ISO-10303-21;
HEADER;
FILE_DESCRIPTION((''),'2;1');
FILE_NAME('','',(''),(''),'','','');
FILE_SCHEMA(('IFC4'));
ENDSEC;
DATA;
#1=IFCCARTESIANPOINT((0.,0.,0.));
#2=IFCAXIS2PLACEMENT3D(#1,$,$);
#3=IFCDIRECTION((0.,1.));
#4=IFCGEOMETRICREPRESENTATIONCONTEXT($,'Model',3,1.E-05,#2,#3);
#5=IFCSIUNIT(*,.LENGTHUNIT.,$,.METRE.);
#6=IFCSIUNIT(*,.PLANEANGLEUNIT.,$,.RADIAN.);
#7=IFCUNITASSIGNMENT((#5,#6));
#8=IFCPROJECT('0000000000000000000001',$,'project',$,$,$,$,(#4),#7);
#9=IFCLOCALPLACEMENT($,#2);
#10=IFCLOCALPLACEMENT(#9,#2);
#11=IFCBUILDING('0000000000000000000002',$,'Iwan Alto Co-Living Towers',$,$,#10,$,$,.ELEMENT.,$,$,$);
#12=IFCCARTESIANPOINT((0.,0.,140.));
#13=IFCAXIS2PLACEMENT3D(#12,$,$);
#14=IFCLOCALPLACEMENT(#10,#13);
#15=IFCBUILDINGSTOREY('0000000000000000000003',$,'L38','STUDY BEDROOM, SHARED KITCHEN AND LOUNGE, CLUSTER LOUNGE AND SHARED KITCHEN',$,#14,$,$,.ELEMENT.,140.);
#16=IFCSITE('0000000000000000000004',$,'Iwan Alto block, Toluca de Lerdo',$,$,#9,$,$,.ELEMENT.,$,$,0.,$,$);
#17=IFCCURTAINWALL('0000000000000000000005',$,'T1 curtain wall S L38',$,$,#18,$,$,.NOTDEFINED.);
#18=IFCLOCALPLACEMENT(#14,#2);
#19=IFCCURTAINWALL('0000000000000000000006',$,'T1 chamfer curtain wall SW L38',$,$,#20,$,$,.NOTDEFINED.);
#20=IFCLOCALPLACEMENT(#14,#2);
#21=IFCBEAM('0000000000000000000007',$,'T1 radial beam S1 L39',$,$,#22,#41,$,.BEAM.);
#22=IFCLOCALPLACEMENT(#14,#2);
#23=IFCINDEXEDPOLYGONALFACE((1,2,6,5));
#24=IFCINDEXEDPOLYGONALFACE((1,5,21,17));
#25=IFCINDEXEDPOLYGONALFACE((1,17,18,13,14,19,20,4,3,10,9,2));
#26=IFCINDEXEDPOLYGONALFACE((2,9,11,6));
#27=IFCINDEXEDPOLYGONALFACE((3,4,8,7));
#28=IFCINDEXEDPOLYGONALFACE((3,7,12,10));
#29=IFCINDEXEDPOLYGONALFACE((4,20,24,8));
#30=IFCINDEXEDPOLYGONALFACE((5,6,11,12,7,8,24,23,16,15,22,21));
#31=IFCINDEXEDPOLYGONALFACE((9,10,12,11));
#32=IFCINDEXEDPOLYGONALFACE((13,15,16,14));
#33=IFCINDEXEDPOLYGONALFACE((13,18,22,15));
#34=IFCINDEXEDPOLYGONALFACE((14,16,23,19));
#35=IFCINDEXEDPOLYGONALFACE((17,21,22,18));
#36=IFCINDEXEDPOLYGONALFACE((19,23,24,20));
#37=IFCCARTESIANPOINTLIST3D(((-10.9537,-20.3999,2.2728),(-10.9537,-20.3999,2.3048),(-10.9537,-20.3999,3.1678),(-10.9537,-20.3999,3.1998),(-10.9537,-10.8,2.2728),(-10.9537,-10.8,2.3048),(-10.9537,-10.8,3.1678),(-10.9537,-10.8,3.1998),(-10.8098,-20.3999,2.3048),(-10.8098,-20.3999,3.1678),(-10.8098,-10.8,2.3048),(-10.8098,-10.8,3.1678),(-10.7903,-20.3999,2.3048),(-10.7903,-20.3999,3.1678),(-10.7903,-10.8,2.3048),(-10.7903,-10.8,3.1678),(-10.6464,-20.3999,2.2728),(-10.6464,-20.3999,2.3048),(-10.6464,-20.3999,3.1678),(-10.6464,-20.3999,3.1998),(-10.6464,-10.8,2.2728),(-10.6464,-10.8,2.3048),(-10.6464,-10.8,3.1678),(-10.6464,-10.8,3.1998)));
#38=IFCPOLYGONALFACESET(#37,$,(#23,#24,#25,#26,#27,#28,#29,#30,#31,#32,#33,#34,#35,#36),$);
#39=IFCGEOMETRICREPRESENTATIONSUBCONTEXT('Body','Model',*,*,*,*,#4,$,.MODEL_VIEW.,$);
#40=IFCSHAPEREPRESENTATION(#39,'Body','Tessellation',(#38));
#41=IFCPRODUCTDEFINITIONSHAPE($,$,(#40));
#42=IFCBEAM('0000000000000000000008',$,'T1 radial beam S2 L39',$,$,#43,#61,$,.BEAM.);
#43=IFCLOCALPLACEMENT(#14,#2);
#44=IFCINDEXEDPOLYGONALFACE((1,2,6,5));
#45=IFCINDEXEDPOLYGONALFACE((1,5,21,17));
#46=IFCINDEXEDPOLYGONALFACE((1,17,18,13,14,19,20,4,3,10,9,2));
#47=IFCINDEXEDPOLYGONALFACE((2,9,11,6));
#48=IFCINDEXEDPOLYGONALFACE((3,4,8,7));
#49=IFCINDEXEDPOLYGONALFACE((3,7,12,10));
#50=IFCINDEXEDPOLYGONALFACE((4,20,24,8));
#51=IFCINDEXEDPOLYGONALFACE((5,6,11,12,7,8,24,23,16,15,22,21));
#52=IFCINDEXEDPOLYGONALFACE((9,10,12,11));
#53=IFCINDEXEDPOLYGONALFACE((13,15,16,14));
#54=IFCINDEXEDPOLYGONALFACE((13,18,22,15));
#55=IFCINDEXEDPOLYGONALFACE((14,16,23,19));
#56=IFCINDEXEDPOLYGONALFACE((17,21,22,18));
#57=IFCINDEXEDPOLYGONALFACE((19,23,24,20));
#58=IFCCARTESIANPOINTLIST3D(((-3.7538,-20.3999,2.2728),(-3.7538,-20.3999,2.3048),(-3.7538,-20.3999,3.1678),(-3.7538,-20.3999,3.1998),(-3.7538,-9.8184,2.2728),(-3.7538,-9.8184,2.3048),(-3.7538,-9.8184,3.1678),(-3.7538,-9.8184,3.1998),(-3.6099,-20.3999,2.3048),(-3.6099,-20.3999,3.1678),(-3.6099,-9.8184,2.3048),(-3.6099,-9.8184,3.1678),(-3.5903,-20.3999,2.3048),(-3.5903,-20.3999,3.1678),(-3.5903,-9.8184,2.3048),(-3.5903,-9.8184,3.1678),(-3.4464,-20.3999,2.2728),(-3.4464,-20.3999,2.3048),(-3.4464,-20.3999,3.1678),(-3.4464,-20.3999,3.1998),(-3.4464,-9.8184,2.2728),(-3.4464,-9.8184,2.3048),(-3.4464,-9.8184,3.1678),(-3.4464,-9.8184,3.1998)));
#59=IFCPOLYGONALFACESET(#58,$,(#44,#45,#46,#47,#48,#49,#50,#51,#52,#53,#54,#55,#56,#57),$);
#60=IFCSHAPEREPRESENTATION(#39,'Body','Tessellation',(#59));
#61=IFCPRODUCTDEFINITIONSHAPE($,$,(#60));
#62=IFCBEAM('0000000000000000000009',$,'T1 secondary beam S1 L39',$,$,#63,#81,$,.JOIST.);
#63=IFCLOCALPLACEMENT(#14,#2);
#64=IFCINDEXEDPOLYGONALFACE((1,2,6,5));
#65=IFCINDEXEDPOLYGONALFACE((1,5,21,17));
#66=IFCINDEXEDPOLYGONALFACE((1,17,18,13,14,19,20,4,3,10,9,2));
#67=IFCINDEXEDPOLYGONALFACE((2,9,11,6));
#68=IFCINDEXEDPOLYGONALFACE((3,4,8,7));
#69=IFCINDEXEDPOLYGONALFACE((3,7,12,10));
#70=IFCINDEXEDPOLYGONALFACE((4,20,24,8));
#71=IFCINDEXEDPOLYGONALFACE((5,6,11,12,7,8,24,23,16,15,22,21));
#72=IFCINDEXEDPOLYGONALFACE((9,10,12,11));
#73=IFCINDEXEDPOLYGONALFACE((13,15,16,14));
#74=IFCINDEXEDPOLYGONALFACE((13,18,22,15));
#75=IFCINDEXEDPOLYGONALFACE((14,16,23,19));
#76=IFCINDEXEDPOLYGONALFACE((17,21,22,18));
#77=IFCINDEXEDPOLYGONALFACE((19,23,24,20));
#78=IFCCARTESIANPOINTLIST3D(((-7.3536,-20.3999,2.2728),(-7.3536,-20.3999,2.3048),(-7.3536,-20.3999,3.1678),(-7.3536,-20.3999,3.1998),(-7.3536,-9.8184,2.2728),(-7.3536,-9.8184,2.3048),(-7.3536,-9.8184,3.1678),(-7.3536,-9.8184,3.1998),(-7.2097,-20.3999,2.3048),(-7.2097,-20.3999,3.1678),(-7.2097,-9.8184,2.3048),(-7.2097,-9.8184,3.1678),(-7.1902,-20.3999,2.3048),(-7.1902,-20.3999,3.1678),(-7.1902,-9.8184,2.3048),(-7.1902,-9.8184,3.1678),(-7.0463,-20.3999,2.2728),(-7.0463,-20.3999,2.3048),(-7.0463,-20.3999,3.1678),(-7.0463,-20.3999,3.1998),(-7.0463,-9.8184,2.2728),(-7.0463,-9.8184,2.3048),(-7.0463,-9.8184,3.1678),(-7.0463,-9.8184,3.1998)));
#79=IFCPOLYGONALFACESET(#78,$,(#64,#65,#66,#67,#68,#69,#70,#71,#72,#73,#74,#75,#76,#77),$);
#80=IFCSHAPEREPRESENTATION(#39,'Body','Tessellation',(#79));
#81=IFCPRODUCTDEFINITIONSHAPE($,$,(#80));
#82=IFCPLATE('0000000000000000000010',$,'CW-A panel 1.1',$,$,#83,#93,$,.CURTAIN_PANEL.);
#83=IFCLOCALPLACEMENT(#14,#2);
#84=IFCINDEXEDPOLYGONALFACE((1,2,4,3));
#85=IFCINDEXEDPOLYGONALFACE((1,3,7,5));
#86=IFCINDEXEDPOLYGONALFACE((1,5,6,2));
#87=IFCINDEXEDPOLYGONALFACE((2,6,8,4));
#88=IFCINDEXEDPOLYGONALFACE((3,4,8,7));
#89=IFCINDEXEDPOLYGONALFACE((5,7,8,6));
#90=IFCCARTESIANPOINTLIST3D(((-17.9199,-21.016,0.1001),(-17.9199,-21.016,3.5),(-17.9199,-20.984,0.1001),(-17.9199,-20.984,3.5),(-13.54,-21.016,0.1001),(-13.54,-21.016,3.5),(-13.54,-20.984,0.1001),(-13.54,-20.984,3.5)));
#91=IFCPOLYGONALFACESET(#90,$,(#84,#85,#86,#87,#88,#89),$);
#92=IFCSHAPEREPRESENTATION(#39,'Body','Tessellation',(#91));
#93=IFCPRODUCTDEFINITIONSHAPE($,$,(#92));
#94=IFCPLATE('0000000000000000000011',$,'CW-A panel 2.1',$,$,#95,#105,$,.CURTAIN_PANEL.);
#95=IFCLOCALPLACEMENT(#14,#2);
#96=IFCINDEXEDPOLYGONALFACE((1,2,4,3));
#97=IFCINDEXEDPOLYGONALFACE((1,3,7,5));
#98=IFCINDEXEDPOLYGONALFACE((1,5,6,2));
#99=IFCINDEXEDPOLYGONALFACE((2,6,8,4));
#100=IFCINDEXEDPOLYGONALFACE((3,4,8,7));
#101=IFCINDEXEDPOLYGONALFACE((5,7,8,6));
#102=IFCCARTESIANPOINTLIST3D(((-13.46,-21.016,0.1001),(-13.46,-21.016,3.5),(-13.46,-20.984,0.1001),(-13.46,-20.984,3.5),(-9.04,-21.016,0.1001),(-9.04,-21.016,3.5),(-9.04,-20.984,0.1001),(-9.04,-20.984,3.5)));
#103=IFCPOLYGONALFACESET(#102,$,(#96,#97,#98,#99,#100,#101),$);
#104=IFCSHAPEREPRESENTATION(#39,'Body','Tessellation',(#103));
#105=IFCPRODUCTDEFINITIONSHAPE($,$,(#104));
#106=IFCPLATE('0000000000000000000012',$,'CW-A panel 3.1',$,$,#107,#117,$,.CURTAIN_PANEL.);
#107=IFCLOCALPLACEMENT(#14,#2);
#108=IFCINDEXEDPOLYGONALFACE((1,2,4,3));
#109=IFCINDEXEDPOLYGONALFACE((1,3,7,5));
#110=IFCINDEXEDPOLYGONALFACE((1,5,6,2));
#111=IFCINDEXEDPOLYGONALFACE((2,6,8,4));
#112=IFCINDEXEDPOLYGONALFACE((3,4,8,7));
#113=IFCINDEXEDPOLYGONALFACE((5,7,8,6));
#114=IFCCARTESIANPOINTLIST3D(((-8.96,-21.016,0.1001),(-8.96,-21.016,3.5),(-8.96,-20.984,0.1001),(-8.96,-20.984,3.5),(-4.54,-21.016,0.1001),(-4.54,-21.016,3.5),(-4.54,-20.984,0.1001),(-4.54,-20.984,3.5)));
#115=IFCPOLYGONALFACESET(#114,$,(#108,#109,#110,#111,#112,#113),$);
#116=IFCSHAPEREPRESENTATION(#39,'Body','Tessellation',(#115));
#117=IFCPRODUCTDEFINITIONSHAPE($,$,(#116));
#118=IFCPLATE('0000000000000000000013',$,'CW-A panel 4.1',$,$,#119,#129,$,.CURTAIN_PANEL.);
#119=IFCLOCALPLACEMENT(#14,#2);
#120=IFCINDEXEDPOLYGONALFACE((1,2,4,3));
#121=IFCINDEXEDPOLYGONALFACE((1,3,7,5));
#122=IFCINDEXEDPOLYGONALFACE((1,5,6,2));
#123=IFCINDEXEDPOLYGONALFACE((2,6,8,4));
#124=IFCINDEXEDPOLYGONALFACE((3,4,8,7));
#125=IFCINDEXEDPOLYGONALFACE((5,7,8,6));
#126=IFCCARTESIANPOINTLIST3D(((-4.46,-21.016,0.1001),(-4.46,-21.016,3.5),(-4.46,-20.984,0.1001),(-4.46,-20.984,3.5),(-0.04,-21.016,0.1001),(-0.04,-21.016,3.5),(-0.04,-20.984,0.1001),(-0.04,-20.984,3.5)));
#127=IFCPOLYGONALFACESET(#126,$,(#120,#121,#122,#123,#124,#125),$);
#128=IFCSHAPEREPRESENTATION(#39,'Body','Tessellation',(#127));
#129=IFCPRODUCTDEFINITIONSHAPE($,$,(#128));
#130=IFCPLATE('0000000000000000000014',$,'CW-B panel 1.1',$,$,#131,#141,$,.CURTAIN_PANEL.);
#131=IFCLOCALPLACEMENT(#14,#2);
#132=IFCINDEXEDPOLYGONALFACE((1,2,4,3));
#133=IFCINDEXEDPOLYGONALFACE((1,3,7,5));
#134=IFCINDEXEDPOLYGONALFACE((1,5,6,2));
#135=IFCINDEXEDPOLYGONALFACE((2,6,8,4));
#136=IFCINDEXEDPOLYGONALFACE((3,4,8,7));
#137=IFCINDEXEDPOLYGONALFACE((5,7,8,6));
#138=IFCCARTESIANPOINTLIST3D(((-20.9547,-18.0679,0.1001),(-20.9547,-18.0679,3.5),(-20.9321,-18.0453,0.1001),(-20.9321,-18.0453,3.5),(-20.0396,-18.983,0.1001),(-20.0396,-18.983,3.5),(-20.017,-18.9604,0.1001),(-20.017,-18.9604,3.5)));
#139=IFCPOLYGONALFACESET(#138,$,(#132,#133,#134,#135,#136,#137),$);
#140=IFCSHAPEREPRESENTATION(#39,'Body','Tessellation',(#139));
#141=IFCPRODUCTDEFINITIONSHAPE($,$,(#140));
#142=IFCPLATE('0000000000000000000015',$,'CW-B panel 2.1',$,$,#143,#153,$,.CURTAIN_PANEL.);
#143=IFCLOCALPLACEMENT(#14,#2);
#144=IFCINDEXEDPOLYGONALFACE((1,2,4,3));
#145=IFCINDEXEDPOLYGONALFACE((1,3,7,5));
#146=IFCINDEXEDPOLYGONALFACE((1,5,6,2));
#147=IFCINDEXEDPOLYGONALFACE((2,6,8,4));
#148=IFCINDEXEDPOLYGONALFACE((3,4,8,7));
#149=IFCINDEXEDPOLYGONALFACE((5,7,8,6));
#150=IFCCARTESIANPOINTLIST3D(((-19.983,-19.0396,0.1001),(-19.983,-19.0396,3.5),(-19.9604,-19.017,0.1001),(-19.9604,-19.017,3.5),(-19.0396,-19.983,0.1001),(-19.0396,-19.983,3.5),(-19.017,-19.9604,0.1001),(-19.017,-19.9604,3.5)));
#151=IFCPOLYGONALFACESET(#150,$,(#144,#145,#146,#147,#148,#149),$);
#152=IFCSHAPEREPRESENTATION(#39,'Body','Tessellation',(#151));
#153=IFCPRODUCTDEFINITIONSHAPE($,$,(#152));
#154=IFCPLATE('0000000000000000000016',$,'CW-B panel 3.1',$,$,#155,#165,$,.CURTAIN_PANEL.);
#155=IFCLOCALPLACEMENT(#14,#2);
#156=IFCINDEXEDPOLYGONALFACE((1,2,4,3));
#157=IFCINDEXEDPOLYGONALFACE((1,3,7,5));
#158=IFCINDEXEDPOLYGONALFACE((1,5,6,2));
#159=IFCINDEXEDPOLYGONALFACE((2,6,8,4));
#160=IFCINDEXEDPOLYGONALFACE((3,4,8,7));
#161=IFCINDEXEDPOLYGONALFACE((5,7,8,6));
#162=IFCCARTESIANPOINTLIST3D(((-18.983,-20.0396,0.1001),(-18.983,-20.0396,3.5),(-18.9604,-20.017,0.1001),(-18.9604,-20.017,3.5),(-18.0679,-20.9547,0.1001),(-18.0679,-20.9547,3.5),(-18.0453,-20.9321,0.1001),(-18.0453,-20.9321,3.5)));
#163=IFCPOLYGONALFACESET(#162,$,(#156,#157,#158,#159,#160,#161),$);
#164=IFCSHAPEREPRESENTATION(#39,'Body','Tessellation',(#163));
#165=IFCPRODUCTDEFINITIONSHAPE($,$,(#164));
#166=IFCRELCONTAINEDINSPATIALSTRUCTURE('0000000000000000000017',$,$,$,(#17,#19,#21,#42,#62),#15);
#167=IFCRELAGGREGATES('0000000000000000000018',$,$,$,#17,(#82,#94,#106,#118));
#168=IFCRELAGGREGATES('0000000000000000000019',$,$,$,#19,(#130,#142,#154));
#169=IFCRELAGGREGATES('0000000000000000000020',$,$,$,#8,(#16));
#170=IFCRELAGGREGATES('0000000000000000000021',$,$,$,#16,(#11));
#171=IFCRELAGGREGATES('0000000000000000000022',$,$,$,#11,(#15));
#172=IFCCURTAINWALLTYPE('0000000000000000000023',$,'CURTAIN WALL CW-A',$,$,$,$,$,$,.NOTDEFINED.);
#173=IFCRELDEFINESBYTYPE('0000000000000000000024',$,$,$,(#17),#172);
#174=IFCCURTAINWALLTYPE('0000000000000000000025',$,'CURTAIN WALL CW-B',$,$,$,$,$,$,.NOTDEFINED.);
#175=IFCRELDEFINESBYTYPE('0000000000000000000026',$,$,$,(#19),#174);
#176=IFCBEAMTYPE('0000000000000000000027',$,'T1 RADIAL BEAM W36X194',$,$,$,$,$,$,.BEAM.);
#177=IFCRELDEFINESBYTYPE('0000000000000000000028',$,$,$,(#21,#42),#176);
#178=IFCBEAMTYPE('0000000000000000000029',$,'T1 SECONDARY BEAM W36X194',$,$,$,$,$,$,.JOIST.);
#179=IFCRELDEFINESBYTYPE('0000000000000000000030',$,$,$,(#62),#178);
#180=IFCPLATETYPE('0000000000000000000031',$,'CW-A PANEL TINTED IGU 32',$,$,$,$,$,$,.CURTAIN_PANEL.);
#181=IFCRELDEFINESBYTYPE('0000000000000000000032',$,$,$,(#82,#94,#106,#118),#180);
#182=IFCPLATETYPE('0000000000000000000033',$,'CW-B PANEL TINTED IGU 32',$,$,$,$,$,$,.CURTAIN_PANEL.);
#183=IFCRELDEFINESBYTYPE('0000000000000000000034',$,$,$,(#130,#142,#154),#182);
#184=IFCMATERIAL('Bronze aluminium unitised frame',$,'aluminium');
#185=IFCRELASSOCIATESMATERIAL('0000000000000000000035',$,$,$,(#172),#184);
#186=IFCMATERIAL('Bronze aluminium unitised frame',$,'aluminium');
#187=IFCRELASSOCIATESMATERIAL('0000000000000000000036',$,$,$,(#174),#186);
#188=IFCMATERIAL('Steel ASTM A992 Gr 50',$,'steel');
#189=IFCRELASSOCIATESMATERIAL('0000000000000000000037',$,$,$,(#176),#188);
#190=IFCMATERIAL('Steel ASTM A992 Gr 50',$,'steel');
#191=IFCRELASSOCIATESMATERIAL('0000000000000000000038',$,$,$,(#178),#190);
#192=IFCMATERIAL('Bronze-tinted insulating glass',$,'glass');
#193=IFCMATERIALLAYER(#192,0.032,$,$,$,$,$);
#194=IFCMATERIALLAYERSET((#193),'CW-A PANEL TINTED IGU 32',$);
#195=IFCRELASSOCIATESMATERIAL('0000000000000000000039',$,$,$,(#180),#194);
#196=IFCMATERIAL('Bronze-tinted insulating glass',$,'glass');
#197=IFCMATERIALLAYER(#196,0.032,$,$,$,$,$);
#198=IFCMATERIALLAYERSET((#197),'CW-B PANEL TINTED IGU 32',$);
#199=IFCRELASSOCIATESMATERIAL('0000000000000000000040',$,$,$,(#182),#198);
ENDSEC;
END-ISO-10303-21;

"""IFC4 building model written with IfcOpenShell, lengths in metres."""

from ifc_helpers import new_model, si_unit, direction, frame, origin, origin_2d, place, context, subcontext, project, spatial, rectangle, i_section, extrude, material, layer, layer_set, material_profile, profile_set, type_object, element, aggregate, save


model = new_model("IFC4")

# Units and contexts
model_context = context("Model", 3, precision=1e-05, world=origin(), true_north=direction((0.0, 1.0)))
body_context = subcontext(model_context, "Body", "Model", "MODEL_VIEW")
ifc_project = project(units=[si_unit("LENGTHUNIT", "METRE"), si_unit("PLANEANGLEUNIT", "RADIAN")], contexts=[model_context])

# Site, building, storey
site_placement = place(None, origin())
site = spatial("IfcSite", under=ifc_project, at=site_placement, Name="Iwan Alto block, Toluca de Lerdo", CompositionType="ELEMENT", RefElevation=0.0)
building_placement = place(site_placement, origin())
building = spatial("IfcBuilding", under=site, at=building_placement, Name="Iwan Alto Co-Living Towers", CompositionType="ELEMENT")
storey_placement = place(building_placement, frame((0.0, 0.0, 140.0)))
storey = spatial("IfcBuildingStorey", under=building, at=storey_placement, Name="L38", Description="STUDY BEDROOM, SHARED KITCHEN AND LOUNGE, CLUSTER LOUNGE AND SHARED KITCHEN", CompositionType="ELEMENT", Elevation=140.0)

# Curtain walls
ifc_material_1 = material(Name="Bronze aluminium unitised frame", Category="aluminium")
curtain_wall_type_1 = type_object("IfcCurtainWallType", Name="CURTAIN WALL CW-A", PredefinedType="NOTDEFINED", material=ifc_material_1)
curtain_wall_1_placement = place(storey_placement, origin())
curtain_wall_1 = element("IfcCurtainWall", 1, at=curtain_wall_1_placement, inside=storey, type_object=curtain_wall_type_1, Name="T1 curtain wall S L38", PredefinedType="NOTDEFINED")
ifc_material_2 = material(Name="Bronze aluminium unitised frame", Category="aluminium")
curtain_wall_type_2 = type_object("IfcCurtainWallType", Name="CURTAIN WALL CW-B", PredefinedType="NOTDEFINED", material=ifc_material_2)
curtain_wall_2_placement = place(storey_placement, origin())
curtain_wall_2 = element("IfcCurtainWall", 2, at=curtain_wall_2_placement, inside=storey, type_object=curtain_wall_type_2, Name="T1 chamfer curtain wall SW L38", PredefinedType="NOTDEFINED")

# Beams
ifc_material_3 = material(Name="Steel ASTM A992 Gr 50", Category="steel")
ifc_material_profile_1 = material_profile(ifc_material_3, i_section(OverallWidth=0.3074, OverallDepth=0.927, WebThickness=0.0195, FlangeThickness=0.032, at=origin_2d()), Name="W36X194")
ifc_profile_set_1 = profile_set([ifc_material_profile_1], Name="Steel ASTM A992 Gr 50")
beam_type_1 = type_object("IfcBeamType", Name="T1 RADIAL BEAM W36X194", PredefinedType="BEAM", material=ifc_profile_set_1)
beam_1_placement = place(storey_placement, frame((-10.8, -20.3999, 2.7363), z_axis=(0.0, 1.0, 0.0), x_axis=(-1.0, 0.0, 0.0)))
element("IfcBeam", 3, at=beam_1_placement, inside=storey, type_object=beam_type_1, Name="T1 radial beam S1 L39", PredefinedType="BEAM", context=body_context, shape_type="SweptSolid", body=[
    extrude(i_section(OverallWidth=0.3074, OverallDepth=0.927, WebThickness=0.0195, FlangeThickness=0.032, at=origin_2d()), origin(), (0.0, 0.0, 1.0), 9.5999),
])
beam_2_placement = place(storey_placement, frame((-3.6001, -20.3999, 2.7363), z_axis=(0.0, 1.0, 0.0), x_axis=(-1.0, 0.0, 0.0)))
element("IfcBeam", 4, at=beam_2_placement, inside=storey, type_object=beam_type_1, Name="T1 radial beam S2 L39", PredefinedType="BEAM", context=body_context, shape_type="SweptSolid", body=[
    extrude(i_section(OverallWidth=0.3074, OverallDepth=0.927, WebThickness=0.0195, FlangeThickness=0.032, at=origin_2d()), origin(), (0.0, 0.0, 1.0), 10.5815),
])
ifc_material_4 = material(Name="Steel ASTM A992 Gr 50", Category="steel")
ifc_material_profile_2 = material_profile(ifc_material_4, i_section(OverallWidth=0.3074, OverallDepth=0.927, WebThickness=0.0195, FlangeThickness=0.032, at=origin_2d()), Name="W36X194")
ifc_profile_set_2 = profile_set([ifc_material_profile_2], Name="Steel ASTM A992 Gr 50")
beam_type_2 = type_object("IfcBeamType", Name="T1 SECONDARY BEAM W36X194", PredefinedType="JOIST", material=ifc_profile_set_2)
beam_3_placement = place(storey_placement, frame((-7.2, -20.3999, 2.7363), z_axis=(0.0, 1.0, 0.0), x_axis=(-1.0, 0.0, 0.0)))
element("IfcBeam", 5, at=beam_3_placement, inside=storey, type_object=beam_type_2, Name="T1 secondary beam S1 L39", PredefinedType="JOIST", context=body_context, shape_type="SweptSolid", body=[
    extrude(i_section(OverallWidth=0.3074, OverallDepth=0.927, WebThickness=0.0195, FlangeThickness=0.032, at=origin_2d()), origin(), (0.0, 0.0, 1.0), 10.5815),
])

# Plates
ifc_material_5 = material(Name="Bronze-tinted insulating glass", Category="glass")
ifc_layer_1 = layer(ifc_material_5, 0.032)
ifc_layer_set_1 = layer_set([ifc_layer_1], Name="CW-A PANEL TINTED IGU 32")
plate_type_1 = type_object("IfcPlateType", Name="CW-A PANEL TINTED IGU 32", PredefinedType="CURTAIN_PANEL", material=ifc_layer_set_1)
plate_1_placement = place(storey_placement, frame((-15.73, -21.0, 0.1001), z_axis=(0.0, 0.0, 1.0), x_axis=(1.0, 0.0, 0.0)))
plate_1 = element("IfcPlate", 6, at=plate_1_placement, type_object=plate_type_1, Name="CW-A panel 1.1", PredefinedType="CURTAIN_PANEL", context=body_context, shape_type="SweptSolid", body=[
    extrude(rectangle(XDim=4.3799, YDim=0.032, at=origin_2d()), origin(), (0.0, 0.0, 1.0), 3.3999),
])
plate_2_placement = place(storey_placement, frame((-11.25, -21.0, 0.1001), z_axis=(0.0, 0.0, 1.0), x_axis=(1.0, 0.0, 0.0)))
plate_2 = element("IfcPlate", 7, at=plate_2_placement, type_object=plate_type_1, Name="CW-A panel 2.1", PredefinedType="CURTAIN_PANEL", context=body_context, shape_type="SweptSolid", body=[
    extrude(rectangle(XDim=4.4199, YDim=0.032, at=origin_2d()), origin(), (0.0, 0.0, 1.0), 3.3999),
])
plate_3_placement = place(storey_placement, frame((-6.75, -21.0, 0.1001), z_axis=(0.0, 0.0, 1.0), x_axis=(1.0, 0.0, 0.0)))
plate_3 = element("IfcPlate", 8, at=plate_3_placement, type_object=plate_type_1, Name="CW-A panel 3.1", PredefinedType="CURTAIN_PANEL", context=body_context, shape_type="SweptSolid", body=[
    extrude(rectangle(XDim=4.4199, YDim=0.032, at=origin_2d()), origin(), (0.0, 0.0, 1.0), 3.3999),
])
plate_4_placement = place(storey_placement, frame((-2.25, -21.0, 0.1001), z_axis=(0.0, 0.0, 1.0), x_axis=(1.0, 0.0, 0.0)))
plate_4 = element("IfcPlate", 9, at=plate_4_placement, type_object=plate_type_1, Name="CW-A panel 4.1", PredefinedType="CURTAIN_PANEL", context=body_context, shape_type="SweptSolid", body=[
    extrude(rectangle(XDim=4.4199, YDim=0.032, at=origin_2d()), origin(), (0.0, 0.0, 1.0), 3.3999),
])
aggregate(curtain_wall_1, [plate_1, plate_2, plate_3, plate_4])
ifc_material_6 = material(Name="Bronze-tinted insulating glass", Category="glass")
ifc_layer_2 = layer(ifc_material_6, 0.032)
ifc_layer_set_2 = layer_set([ifc_layer_2], Name="CW-B PANEL TINTED IGU 32")
plate_type_2 = type_object("IfcPlateType", Name="CW-B PANEL TINTED IGU 32", PredefinedType="CURTAIN_PANEL", material=ifc_layer_set_2)
plate_5_placement = place(storey_placement, frame((-20.4858, -18.5142, 0.1001), z_axis=(0.0, 0.0, 1.0), x_axis=(0.707107, -0.707107, 0.0)))
plate_5 = element("IfcPlate", 10, at=plate_5_placement, type_object=plate_type_2, Name="CW-B panel 1.1", PredefinedType="CURTAIN_PANEL", context=body_context, shape_type="SweptSolid", body=[
    extrude(rectangle(XDim=1.2942, YDim=0.032, at=origin_2d()), origin(), (0.0, 0.0, 1.0), 3.3999),
])
plate_6_placement = place(storey_placement, frame((-19.5, -19.5, 0.1001), z_axis=(0.0, 0.0, 1.0), x_axis=(0.707107, -0.707107, 0.0)))
plate_6 = element("IfcPlate", 11, at=plate_6_placement, type_object=plate_type_2, Name="CW-B panel 2.1", PredefinedType="CURTAIN_PANEL", context=body_context, shape_type="SweptSolid", body=[
    extrude(rectangle(XDim=1.3342, YDim=0.032, at=origin_2d()), origin(), (0.0, 0.0, 1.0), 3.3999),
])
plate_7_placement = place(storey_placement, frame((-18.5142, -20.4858, 0.1001), z_axis=(0.0, 0.0, 1.0), x_axis=(0.707107, -0.707107, 0.0)))
plate_7 = element("IfcPlate", 12, at=plate_7_placement, type_object=plate_type_2, Name="CW-B panel 3.1", PredefinedType="CURTAIN_PANEL", context=body_context, shape_type="SweptSolid", body=[
    extrude(rectangle(XDim=1.2942, YDim=0.032, at=origin_2d()), origin(), (0.0, 0.0, 1.0), 3.3999),
])
aggregate(curtain_wall_2, [plate_5, plate_6, plate_7])

save(model, "model.ifc")
